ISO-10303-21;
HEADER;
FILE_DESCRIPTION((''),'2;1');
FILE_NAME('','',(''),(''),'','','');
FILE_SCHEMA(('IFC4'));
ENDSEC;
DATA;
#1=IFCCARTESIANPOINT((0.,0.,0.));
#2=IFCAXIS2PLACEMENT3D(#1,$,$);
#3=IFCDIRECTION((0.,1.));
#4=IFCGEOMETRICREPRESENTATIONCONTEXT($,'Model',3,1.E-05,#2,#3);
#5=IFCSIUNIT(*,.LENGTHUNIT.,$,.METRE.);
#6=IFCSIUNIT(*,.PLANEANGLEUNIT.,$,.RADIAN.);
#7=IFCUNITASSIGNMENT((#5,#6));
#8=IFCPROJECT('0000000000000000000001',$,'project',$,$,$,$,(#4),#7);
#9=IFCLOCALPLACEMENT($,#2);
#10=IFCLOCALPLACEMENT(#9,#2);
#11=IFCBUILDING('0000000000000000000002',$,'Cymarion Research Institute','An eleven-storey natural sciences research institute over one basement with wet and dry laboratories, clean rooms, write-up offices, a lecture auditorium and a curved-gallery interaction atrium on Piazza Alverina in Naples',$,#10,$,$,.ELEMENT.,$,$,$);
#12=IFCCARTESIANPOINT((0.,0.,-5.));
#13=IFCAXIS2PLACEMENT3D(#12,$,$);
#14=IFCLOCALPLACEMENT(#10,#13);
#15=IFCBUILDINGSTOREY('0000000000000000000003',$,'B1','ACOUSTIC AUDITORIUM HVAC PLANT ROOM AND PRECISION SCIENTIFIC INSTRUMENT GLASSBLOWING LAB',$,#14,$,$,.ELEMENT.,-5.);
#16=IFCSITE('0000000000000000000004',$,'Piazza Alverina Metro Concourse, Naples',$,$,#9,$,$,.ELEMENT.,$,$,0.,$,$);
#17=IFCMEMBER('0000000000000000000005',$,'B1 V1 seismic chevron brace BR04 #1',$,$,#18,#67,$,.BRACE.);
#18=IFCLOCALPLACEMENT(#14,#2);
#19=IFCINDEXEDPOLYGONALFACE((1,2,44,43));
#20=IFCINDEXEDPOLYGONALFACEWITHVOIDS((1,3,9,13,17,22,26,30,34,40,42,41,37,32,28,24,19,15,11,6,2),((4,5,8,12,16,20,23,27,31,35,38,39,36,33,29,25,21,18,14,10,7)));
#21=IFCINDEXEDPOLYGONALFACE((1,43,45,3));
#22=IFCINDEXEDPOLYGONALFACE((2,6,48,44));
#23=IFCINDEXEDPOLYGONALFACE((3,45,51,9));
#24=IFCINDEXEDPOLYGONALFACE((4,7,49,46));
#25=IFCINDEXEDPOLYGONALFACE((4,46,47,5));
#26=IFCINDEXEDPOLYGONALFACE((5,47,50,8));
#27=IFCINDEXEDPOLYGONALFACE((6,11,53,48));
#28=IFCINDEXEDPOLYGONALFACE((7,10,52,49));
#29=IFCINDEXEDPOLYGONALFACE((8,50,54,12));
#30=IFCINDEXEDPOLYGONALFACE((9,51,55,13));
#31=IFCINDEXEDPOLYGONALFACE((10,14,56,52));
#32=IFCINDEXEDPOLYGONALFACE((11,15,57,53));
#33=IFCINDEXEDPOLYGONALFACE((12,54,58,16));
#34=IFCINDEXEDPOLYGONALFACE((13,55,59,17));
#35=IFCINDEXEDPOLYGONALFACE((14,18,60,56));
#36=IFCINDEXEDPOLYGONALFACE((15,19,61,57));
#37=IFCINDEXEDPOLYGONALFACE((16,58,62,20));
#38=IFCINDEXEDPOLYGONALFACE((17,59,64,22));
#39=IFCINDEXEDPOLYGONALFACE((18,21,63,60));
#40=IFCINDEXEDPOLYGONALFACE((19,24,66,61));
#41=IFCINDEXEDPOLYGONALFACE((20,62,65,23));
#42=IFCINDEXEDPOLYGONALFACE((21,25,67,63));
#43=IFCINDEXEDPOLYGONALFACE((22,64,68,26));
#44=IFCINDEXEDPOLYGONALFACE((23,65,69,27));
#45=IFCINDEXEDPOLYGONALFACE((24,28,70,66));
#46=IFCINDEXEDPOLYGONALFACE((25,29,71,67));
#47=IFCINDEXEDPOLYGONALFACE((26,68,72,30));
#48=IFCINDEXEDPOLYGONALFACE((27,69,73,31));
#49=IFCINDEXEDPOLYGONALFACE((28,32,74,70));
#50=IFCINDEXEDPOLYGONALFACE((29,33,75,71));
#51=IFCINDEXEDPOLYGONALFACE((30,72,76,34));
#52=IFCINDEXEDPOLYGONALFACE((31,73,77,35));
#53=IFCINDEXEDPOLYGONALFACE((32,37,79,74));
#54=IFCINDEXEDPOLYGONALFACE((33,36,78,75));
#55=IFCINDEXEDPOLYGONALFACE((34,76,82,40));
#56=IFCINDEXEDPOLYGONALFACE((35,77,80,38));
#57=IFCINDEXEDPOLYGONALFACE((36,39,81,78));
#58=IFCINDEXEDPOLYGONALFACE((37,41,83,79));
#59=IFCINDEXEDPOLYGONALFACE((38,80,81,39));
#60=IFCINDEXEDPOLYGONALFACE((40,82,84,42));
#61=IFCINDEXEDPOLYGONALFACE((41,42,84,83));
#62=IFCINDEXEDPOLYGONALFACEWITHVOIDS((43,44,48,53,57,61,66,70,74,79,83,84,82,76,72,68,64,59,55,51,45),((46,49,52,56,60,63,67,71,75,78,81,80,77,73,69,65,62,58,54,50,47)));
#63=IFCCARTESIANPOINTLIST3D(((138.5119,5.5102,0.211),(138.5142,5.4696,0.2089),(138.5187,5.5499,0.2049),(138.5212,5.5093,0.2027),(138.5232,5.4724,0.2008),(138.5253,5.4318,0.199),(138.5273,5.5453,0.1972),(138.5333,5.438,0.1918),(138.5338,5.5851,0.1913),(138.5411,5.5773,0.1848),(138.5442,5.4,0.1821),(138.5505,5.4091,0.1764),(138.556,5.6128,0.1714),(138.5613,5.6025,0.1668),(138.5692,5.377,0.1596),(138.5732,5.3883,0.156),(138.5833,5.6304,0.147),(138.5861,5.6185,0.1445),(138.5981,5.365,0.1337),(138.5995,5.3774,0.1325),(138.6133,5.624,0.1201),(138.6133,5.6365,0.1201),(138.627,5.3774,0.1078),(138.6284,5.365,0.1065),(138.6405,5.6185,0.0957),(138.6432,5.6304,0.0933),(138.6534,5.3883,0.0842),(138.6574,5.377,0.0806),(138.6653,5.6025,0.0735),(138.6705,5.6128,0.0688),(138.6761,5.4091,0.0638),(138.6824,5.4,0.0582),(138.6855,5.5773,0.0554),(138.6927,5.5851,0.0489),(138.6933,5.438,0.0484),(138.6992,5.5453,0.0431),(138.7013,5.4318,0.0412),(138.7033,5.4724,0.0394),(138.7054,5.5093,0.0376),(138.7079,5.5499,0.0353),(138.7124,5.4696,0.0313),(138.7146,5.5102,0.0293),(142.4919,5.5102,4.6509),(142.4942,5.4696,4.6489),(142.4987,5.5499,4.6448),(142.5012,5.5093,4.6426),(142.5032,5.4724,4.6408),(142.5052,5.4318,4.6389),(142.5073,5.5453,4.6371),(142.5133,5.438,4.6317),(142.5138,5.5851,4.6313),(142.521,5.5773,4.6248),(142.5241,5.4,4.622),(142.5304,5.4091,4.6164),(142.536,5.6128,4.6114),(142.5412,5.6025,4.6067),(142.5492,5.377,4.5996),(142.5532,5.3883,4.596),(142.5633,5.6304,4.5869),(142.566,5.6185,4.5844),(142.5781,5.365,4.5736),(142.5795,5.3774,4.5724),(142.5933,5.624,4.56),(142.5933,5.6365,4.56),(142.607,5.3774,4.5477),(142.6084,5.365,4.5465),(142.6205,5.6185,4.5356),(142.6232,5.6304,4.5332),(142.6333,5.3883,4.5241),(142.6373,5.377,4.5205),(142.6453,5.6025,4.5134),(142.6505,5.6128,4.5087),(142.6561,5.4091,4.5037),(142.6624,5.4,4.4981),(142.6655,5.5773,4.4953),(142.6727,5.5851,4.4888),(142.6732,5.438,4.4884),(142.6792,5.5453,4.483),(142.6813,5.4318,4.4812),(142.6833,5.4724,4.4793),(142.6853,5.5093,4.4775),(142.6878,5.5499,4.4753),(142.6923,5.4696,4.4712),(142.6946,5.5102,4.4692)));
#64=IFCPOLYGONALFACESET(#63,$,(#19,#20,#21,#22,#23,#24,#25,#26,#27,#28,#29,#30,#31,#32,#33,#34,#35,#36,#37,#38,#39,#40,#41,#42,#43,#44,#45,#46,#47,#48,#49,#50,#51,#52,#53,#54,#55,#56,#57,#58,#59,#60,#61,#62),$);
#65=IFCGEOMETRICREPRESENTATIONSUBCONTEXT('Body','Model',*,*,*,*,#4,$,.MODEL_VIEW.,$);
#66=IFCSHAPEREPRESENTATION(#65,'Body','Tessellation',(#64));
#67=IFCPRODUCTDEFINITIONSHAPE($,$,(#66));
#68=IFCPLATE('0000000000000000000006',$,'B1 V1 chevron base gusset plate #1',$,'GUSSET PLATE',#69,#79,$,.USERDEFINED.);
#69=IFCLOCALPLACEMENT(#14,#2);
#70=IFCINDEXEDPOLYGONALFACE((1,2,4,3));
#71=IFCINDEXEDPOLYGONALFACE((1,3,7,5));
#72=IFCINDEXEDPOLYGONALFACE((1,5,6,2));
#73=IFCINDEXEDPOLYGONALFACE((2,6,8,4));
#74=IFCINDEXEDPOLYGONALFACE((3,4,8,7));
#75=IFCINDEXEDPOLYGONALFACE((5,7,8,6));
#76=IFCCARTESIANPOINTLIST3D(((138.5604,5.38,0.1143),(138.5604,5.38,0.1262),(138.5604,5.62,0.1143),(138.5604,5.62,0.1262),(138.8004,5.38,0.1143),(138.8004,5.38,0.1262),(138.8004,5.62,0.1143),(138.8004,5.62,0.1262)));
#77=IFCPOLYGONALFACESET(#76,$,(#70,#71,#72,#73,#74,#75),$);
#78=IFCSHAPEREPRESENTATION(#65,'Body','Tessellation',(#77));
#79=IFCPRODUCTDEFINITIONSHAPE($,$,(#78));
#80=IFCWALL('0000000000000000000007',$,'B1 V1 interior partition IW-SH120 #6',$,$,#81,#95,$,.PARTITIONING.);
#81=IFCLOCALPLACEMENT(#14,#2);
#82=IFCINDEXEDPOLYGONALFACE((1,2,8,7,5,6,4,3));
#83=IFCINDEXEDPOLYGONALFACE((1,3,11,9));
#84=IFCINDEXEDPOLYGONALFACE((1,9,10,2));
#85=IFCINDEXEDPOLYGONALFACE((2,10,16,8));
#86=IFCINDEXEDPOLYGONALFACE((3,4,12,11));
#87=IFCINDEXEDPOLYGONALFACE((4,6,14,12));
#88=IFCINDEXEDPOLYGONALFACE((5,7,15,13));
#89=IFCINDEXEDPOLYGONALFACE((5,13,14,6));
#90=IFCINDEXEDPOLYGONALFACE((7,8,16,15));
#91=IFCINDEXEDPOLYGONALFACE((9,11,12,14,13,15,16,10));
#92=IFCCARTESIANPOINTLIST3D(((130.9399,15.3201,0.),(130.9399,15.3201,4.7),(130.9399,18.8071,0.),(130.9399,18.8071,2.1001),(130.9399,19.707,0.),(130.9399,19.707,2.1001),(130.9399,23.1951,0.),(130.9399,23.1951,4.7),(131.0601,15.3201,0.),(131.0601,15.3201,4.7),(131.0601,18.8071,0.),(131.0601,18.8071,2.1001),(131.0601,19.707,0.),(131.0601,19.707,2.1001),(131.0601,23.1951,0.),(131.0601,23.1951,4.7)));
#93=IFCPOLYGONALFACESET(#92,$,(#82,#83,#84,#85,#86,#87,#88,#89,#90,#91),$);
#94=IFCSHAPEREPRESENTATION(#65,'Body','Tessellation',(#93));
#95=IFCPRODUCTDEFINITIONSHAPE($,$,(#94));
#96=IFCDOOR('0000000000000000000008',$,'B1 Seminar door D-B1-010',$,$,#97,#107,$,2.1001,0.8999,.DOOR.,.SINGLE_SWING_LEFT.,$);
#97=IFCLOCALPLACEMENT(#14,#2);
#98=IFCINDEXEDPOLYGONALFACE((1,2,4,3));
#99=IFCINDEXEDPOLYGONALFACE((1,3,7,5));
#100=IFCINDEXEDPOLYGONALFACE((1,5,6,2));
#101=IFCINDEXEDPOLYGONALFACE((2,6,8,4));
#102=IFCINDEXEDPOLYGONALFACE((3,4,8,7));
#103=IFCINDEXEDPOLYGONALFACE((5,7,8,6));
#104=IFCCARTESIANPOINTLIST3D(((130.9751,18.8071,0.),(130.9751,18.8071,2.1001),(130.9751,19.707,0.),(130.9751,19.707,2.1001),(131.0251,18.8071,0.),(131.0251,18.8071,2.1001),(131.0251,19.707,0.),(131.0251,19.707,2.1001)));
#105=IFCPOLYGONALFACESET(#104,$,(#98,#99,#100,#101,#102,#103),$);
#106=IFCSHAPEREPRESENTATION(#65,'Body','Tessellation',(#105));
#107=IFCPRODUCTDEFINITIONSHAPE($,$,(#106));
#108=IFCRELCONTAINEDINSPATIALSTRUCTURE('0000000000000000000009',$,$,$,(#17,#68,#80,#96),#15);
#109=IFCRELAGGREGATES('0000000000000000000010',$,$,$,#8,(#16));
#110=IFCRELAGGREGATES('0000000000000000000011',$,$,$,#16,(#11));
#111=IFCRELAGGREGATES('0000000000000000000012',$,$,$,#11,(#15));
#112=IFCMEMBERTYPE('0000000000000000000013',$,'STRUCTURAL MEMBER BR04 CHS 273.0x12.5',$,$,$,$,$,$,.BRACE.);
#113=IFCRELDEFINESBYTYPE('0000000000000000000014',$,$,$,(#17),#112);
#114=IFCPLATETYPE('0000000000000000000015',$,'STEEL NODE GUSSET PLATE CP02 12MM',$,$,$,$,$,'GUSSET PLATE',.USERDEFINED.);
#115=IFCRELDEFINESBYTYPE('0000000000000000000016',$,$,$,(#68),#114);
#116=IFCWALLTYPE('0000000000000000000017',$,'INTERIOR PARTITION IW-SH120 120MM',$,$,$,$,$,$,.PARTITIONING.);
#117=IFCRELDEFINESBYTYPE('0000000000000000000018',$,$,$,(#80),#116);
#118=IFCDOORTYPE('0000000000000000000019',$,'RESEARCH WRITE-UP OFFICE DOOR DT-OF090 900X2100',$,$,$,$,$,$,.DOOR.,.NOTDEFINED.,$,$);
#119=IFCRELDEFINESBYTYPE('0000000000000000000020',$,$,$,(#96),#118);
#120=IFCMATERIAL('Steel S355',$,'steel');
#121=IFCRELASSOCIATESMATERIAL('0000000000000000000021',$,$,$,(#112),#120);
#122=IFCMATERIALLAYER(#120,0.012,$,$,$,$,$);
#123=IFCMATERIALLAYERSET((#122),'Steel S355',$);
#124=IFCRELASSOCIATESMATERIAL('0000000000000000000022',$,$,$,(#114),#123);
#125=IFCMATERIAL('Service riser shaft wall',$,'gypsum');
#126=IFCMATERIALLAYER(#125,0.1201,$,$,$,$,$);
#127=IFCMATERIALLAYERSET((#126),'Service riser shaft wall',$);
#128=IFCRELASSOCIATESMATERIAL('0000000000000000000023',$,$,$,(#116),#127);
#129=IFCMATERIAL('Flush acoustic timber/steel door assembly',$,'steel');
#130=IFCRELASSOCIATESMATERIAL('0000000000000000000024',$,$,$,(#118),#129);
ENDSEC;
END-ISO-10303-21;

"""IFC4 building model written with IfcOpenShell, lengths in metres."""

from ifc_helpers import new_model, si_unit, direction, frame, frame_2d, origin, origin_2d, place, context, subcontext, project, spatial, rectangle, hollow_circle, extrude, material, layer, layer_set, material_profile, profile_set, type_object, element, fill, save


model = new_model("IFC4")

# Units and contexts
model_context = context("Model", 3, precision=1e-05, world=origin(), true_north=direction((0.0, 1.0)))
body_context = subcontext(model_context, "Body", "Model", "MODEL_VIEW")
ifc_project = project(units=[si_unit("LENGTHUNIT", "METRE"), si_unit("PLANEANGLEUNIT", "RADIAN")], contexts=[model_context])

# Site, building, storey
site_placement = place(None, origin())
site = spatial("IfcSite", under=ifc_project, at=site_placement, Name="Piazza Alverina Metro Concourse, Naples", CompositionType="ELEMENT", RefElevation=0.0)
building_placement = place(site_placement, origin())
building = spatial("IfcBuilding", under=site, at=building_placement, Name="Cymarion Research Institute", Description="An eleven-storey natural sciences research institute over one basement with wet and dry laboratories, clean rooms, write-up offices, a lecture auditorium and a curved-gallery interaction atrium on Piazza Alverina in Naples", CompositionType="ELEMENT")
storey_placement = place(building_placement, frame((0.0, 0.0, -5.0)))
storey = spatial("IfcBuildingStorey", under=building, at=storey_placement, Name="B1", Description="ACOUSTIC AUDITORIUM HVAC PLANT ROOM AND PRECISION SCIENTIFIC INSTRUMENT GLASSBLOWING LAB", CompositionType="ELEMENT", Elevation=-5.0)

# Shared definitions
ifc_material_1 = material(Name="Steel S355", Category="steel")

# Member
ifc_material_profile_1 = material_profile(ifc_material_1, hollow_circle(Radius=0.1365, WallThickness=0.0125, at=origin_2d()), Name="CHS 273.0x12.5")
ifc_profile_set_1 = profile_set([ifc_material_profile_1], Name="Steel S355")
member_type = type_object("IfcMemberType", Name="STRUCTURAL MEMBER BR04 CHS 273.0x12.5", PredefinedType="BRACE", material=ifc_profile_set_1)
member_placement = place(storey_placement, frame((138.6133, 5.5, 0.1201), z_axis=(0.667484, 0.0, 0.744624), x_axis=(0.0, 1.0, 0.0)))
element("IfcMember", 1, at=member_placement, inside=storey, type_object=member_type, Name="B1 V1 seismic chevron brace BR04 #1", PredefinedType="BRACE", context=body_context, shape_type="SweptSolid", body=[
    extrude(hollow_circle(Radius=0.1365, WallThickness=0.0125, at=origin_2d()), origin(), (0.0, 0.0, 1.0), 5.9626),
])

# Plate
ifc_layer_1 = layer(ifc_material_1, 0.012)
ifc_layer_set_1 = layer_set([ifc_layer_1], Name="Steel S355")
plate_type = type_object("IfcPlateType", Name="STEEL NODE GUSSET PLATE CP02 12MM", ElementType="GUSSET PLATE", PredefinedType="USERDEFINED", material=ifc_layer_set_1)
plate_placement = place(storey_placement, frame((138.6804, 5.5, 0.1143), z_axis=(0.0, 0.0, 1.0), x_axis=(1.0, 0.0, 0.0)))
element("IfcPlate", 2, at=plate_placement, inside=storey, type_object=plate_type, Name="B1 V1 chevron base gusset plate #1", ObjectType="GUSSET PLATE", PredefinedType="USERDEFINED", context=body_context, shape_type="SweptSolid", body=[
    extrude(rectangle(XDim=0.24, YDim=0.24, at=origin_2d()), origin(), (0.0, 0.0, 1.0), 0.012),
])

# Wall, opening, door
ifc_material_2 = material(Name="Service riser shaft wall", Category="gypsum")
ifc_layer_2 = layer(ifc_material_2, 0.1201)
ifc_layer_set_2 = layer_set([ifc_layer_2], Name="Service riser shaft wall")
wall_type = type_object("IfcWallType", Name="INTERIOR PARTITION IW-SH120 120MM", PredefinedType="PARTITIONING", material=ifc_layer_set_2)
wall_placement = place(storey_placement, frame((131.0, 15.3201, 0.0), z_axis=(0.0, 0.0, 1.0), x_axis=(0.0, 1.0, 0.0)))
wall = element("IfcWall", 3, at=wall_placement, inside=storey, type_object=wall_type, Name="B1 V1 interior partition IW-SH120 #6", PredefinedType="PARTITIONING", context=body_context, shape_type="SweptSolid", body=[
    extrude(rectangle(XDim=7.875, YDim=0.1201, at=frame_2d((3.9375, 0.0))), origin(), (0.0, 0.0, 1.0), 4.7),
])
opening_placement = place(wall_placement, frame((3.4871, 0.0, 0.0)))
opening = element("IfcOpeningElement", 4, at=opening_placement, cuts=wall, PredefinedType="OPENING", context=body_context, shape_type="SweptSolid", body=[
    extrude(rectangle(XDim=0.8999, YDim=2.1001, at=frame_2d((0.45, 1.05))), frame((0.0, 0.0701, 0.0), z_axis=(0.0, -1.0, 0.0), x_axis=(1.0, 0.0, 0.0)), (0.0, 0.0, 1.0), 0.1401),
])
ifc_material_3 = material(Name="Flush acoustic timber/steel door assembly", Category="steel")
door_type = type_object("IfcDoorType", Name="RESEARCH WRITE-UP OFFICE DOOR DT-OF090 900X2100", OperationType="NOTDEFINED", PredefinedType="DOOR", material=ifc_material_3)
door_placement = place(opening_placement, origin())
door = element("IfcDoor", 5, at=door_placement, inside=storey, type_object=door_type, Name="B1 Seminar door D-B1-010", OperationType="SINGLE_SWING_LEFT", OverallHeight=2.1001, OverallWidth=0.8999, PredefinedType="DOOR", context=body_context, shape_type="SweptSolid", body=[
    extrude(rectangle(XDim=0.8999, YDim=2.1001, at=frame_2d((0.45, 1.05))), frame((0.0, 0.0249, 0.0), z_axis=(0.0, -1.0, 0.0), x_axis=(1.0, 0.0, 0.0)), (0.0, 0.0, 1.0), 0.05),
])
fill(opening, door)

save(model, "model.ifc")
